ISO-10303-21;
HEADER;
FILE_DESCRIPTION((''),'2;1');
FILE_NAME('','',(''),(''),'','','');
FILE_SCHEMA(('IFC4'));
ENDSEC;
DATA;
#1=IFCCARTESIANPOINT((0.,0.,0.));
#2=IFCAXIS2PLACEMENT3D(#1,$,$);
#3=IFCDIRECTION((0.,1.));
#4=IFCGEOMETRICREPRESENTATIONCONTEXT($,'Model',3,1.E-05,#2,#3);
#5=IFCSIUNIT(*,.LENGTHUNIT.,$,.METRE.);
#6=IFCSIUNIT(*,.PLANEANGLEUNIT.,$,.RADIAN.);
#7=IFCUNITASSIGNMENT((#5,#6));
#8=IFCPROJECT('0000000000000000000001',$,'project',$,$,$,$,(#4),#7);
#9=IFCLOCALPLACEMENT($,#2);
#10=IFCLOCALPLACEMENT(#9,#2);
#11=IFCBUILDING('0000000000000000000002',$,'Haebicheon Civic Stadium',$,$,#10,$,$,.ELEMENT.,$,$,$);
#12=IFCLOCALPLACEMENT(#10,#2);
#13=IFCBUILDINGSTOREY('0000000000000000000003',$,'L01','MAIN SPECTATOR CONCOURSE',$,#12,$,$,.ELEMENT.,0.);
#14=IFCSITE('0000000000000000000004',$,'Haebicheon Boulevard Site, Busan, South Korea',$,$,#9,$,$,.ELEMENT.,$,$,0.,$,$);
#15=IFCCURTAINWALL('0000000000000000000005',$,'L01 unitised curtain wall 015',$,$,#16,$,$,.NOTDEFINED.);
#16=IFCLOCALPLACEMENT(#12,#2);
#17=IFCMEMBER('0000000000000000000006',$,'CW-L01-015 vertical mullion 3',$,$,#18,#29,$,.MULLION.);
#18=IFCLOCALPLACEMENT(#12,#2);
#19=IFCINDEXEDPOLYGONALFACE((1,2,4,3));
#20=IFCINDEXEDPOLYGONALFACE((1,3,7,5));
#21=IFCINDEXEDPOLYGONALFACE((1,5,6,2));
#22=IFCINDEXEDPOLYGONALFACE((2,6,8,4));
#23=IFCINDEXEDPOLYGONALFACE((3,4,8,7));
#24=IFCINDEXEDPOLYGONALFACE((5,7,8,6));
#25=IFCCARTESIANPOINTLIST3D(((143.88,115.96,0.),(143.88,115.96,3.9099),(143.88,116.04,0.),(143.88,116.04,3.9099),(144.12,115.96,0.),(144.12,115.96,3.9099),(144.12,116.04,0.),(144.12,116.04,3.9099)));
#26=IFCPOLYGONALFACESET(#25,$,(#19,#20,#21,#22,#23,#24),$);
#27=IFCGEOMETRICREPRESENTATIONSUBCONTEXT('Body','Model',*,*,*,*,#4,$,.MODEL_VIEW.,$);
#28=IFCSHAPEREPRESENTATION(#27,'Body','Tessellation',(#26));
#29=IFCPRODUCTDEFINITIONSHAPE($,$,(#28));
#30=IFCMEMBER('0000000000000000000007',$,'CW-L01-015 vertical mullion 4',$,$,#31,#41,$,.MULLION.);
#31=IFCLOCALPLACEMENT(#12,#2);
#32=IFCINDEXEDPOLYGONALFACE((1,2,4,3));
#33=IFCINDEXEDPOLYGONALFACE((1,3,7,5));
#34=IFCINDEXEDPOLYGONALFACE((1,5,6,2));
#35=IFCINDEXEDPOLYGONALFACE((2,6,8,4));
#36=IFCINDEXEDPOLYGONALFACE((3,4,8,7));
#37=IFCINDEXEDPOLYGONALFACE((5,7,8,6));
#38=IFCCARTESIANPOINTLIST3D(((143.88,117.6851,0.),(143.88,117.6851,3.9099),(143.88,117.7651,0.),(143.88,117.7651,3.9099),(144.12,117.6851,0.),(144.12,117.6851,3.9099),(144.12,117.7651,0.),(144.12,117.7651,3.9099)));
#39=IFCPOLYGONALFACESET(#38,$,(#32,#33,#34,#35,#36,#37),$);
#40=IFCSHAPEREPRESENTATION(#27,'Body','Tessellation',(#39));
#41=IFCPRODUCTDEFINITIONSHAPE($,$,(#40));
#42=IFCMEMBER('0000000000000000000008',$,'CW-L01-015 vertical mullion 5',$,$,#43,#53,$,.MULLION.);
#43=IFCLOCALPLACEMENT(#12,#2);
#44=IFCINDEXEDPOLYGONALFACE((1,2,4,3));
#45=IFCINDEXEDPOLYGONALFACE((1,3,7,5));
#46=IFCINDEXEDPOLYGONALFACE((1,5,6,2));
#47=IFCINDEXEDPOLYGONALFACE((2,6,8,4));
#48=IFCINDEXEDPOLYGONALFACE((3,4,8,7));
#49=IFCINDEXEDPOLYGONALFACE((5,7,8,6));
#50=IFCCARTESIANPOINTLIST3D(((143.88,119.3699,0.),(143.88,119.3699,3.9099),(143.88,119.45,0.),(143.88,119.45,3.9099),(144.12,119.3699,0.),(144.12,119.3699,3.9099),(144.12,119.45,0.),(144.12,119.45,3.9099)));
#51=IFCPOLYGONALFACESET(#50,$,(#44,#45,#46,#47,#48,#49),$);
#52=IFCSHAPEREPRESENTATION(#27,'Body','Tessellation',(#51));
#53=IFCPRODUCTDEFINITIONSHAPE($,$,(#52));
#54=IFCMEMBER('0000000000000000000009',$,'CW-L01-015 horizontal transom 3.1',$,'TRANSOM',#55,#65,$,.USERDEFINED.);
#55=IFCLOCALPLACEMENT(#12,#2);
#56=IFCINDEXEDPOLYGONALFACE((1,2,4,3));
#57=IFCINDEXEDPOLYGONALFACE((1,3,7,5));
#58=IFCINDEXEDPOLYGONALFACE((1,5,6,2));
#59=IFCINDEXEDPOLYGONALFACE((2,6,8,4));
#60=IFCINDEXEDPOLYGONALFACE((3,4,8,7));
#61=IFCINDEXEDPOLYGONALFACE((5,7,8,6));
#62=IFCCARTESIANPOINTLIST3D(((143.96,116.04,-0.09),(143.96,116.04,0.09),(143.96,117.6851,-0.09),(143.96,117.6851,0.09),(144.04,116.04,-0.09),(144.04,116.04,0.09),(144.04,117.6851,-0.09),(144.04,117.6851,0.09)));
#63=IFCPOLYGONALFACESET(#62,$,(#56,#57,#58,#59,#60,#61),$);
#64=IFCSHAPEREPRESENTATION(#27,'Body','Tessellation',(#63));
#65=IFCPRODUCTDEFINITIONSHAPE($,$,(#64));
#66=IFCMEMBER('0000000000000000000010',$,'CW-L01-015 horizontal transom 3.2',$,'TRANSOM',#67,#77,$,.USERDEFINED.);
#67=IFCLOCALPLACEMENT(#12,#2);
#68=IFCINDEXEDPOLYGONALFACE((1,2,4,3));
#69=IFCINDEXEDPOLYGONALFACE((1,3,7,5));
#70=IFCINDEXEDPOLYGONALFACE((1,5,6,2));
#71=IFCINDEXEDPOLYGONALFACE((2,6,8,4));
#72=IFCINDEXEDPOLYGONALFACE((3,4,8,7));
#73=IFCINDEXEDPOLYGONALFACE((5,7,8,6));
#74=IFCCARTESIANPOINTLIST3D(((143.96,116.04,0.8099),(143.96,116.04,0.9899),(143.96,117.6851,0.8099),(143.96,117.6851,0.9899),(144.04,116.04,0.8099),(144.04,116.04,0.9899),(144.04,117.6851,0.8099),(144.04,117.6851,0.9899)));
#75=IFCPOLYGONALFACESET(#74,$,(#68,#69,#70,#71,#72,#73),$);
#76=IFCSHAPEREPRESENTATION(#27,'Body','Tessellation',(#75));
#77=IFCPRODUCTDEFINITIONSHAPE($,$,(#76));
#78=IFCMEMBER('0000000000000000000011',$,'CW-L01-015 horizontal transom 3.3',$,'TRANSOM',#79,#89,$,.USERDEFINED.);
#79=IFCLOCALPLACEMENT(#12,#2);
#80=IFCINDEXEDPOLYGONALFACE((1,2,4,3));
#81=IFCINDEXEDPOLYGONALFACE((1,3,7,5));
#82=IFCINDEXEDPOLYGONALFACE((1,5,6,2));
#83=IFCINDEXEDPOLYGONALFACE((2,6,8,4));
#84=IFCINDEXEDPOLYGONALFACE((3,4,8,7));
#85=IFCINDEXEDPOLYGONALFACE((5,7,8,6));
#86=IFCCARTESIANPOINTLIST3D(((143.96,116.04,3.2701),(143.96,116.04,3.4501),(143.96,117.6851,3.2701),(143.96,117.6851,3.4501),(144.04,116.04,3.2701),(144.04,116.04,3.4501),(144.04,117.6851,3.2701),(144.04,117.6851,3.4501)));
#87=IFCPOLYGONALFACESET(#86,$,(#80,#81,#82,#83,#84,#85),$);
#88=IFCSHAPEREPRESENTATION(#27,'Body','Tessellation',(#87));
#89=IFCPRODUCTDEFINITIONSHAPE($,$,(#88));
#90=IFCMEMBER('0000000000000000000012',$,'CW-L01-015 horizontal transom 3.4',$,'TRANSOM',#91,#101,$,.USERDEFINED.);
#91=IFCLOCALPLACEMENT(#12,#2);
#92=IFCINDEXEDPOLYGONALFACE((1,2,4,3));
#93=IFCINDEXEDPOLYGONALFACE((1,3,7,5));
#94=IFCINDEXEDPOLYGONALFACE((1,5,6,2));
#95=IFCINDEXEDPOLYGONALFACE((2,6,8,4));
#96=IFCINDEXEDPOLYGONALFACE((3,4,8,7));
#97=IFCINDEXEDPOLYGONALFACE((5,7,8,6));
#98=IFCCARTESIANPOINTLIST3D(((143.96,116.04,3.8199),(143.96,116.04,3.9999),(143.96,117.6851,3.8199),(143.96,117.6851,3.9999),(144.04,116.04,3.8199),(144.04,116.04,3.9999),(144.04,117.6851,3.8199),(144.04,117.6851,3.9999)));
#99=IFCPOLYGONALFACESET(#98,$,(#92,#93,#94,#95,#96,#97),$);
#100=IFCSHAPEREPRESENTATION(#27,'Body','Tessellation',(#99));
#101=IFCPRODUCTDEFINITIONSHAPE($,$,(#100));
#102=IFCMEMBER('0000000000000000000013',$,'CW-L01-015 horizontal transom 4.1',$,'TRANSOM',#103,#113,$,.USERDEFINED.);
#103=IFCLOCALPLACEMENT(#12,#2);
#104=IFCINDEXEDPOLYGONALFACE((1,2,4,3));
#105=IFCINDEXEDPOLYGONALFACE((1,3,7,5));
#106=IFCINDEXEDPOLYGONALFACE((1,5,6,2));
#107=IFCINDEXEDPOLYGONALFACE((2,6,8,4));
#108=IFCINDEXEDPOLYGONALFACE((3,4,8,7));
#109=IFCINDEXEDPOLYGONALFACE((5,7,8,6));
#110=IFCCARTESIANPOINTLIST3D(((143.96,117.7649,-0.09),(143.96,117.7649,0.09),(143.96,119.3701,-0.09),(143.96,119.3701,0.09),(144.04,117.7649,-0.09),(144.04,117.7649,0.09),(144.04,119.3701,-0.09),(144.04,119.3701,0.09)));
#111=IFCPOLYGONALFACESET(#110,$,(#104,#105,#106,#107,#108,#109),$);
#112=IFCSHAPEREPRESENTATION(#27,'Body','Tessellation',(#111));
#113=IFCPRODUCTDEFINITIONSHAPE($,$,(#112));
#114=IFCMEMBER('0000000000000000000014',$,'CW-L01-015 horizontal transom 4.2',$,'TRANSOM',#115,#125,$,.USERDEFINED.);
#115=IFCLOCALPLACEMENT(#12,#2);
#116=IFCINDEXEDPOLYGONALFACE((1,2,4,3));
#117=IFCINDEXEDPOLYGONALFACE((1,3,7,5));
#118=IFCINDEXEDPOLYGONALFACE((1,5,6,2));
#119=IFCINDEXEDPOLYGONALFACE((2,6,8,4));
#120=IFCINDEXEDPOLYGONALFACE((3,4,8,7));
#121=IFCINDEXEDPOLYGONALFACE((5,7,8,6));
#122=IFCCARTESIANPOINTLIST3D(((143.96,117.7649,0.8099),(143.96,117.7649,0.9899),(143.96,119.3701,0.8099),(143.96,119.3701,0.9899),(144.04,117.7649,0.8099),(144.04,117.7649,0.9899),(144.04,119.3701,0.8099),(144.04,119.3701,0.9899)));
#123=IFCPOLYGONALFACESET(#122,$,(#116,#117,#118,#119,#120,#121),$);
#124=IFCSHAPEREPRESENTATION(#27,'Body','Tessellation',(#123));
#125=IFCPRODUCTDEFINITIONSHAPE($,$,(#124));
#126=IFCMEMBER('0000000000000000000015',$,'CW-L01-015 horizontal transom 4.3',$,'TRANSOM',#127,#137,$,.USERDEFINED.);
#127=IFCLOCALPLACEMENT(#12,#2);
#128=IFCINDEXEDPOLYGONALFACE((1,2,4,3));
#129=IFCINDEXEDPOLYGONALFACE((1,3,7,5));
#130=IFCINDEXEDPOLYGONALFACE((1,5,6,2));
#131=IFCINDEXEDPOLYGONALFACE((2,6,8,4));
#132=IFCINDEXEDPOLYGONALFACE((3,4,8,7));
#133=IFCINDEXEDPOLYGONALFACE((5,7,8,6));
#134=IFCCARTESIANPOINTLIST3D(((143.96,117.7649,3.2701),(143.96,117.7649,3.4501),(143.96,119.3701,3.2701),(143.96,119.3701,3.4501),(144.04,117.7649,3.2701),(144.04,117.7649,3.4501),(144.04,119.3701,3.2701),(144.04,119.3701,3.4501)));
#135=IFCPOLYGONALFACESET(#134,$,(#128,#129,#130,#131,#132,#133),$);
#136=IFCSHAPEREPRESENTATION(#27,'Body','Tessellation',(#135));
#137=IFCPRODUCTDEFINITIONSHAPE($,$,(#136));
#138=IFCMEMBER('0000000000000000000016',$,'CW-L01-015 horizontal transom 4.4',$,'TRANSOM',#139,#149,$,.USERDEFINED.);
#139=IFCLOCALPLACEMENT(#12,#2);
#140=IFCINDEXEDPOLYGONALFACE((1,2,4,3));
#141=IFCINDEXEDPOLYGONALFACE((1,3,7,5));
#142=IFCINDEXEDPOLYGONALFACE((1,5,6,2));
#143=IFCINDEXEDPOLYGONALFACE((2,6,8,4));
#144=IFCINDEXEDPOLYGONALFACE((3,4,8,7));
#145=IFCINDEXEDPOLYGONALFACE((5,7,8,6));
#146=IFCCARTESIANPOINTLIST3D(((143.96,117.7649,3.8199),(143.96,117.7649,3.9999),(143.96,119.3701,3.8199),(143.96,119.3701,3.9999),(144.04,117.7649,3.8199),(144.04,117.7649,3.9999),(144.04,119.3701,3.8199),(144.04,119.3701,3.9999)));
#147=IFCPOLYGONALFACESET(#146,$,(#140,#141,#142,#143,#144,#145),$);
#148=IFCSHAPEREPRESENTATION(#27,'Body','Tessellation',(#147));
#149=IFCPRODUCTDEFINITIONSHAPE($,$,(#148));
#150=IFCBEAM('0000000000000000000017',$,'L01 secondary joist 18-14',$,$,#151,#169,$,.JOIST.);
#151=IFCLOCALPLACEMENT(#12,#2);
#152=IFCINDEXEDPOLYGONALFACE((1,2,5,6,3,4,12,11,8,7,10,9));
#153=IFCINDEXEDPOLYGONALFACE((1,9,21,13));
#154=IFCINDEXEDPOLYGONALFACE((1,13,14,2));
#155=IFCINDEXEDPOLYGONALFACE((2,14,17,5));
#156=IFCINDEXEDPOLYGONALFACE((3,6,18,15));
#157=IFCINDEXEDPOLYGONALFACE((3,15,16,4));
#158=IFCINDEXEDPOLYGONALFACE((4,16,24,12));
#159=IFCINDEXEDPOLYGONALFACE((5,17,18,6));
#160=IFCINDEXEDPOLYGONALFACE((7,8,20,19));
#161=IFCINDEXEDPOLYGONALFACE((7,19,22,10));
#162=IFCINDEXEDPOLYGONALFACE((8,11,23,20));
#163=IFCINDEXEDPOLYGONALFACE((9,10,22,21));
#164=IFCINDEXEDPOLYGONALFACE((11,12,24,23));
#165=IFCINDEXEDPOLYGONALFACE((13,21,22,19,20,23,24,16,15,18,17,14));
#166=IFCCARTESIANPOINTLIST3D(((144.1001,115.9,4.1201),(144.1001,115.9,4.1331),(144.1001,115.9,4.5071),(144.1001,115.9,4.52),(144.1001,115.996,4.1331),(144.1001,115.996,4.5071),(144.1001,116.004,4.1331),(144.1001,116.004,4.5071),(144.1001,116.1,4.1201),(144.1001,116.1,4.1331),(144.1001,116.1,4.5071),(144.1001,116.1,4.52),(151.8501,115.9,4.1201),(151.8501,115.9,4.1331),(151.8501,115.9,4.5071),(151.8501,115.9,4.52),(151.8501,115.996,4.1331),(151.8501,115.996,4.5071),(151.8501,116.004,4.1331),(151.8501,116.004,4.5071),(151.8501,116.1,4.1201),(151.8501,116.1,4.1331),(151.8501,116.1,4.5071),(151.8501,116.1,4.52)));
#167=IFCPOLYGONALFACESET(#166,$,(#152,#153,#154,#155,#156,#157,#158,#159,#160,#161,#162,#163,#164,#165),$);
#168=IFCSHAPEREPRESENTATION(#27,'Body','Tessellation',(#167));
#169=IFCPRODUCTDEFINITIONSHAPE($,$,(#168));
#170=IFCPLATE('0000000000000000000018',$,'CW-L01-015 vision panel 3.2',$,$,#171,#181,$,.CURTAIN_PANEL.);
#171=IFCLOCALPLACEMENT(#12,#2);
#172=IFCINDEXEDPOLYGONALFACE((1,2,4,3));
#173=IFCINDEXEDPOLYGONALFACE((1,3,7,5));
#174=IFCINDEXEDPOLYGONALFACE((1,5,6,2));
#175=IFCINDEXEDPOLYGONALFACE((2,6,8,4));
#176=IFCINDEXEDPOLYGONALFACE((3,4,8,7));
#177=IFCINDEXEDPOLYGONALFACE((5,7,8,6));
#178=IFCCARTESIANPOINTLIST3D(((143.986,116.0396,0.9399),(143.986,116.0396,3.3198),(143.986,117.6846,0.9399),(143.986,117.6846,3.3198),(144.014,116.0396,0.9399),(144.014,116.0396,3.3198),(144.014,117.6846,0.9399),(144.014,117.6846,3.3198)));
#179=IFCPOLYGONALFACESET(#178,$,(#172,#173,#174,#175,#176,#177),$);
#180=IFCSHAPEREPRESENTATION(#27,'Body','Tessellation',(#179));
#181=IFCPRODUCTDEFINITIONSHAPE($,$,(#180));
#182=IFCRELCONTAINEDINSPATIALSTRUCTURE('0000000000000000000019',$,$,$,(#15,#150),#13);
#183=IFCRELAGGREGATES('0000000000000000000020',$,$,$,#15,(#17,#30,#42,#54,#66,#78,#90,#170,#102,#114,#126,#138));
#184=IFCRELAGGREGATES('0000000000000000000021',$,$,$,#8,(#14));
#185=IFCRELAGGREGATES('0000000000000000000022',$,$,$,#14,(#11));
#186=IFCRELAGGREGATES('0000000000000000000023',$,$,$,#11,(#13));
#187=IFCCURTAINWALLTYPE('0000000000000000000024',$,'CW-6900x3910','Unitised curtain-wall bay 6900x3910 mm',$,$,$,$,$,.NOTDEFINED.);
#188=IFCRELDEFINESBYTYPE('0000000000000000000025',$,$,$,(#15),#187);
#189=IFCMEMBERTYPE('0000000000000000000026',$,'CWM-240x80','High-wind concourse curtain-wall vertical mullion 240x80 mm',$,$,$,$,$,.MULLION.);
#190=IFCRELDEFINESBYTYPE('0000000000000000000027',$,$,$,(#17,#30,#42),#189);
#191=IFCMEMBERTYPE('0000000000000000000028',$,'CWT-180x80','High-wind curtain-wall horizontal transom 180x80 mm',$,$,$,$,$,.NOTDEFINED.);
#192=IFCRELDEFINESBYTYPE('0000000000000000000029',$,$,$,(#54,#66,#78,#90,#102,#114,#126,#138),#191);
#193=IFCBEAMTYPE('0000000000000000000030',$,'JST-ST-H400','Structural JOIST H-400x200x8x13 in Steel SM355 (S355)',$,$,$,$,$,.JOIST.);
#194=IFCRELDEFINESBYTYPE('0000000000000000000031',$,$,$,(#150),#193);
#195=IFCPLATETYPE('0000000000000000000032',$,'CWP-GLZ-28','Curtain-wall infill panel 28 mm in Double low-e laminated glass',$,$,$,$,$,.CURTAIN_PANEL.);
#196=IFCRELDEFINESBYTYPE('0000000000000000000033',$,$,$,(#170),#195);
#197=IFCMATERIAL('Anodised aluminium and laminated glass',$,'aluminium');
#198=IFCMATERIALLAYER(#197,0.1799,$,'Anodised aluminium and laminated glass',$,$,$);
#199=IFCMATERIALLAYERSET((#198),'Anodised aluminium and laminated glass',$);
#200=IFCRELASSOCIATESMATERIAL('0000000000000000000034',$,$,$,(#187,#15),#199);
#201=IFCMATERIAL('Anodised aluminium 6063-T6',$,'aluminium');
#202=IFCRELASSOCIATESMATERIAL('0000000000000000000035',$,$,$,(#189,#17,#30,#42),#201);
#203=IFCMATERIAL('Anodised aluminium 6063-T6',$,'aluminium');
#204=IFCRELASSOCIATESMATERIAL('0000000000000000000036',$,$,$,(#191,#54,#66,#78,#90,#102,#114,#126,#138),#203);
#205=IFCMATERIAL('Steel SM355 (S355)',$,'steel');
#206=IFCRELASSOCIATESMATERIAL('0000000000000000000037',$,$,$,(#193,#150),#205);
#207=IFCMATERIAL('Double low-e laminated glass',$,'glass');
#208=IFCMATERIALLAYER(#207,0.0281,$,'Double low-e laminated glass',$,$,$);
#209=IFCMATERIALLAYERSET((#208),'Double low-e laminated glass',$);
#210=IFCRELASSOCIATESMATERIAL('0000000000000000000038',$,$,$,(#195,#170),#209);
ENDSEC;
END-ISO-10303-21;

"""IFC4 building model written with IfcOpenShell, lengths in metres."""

from ifc_helpers import new_model, si_unit, direction, frame, origin, origin_2d, place, context, subcontext, project, spatial, rectangle, i_section, extrude, material, layer, layer_set, material_profile, profile_set, type_object, element, aggregate, save


model = new_model("IFC4")

# Units and contexts
model_context = context("Model", 3, precision=1e-05, world=origin(), true_north=direction((0.0, 1.0)))
body_context = subcontext(model_context, "Body", "Model", "MODEL_VIEW")
ifc_project = project(units=[si_unit("LENGTHUNIT", "METRE"), si_unit("PLANEANGLEUNIT", "RADIAN")], contexts=[model_context])

# Site, building, storey
site_placement = place(None, origin())
site = spatial("IfcSite", under=ifc_project, at=site_placement, Name="Haebicheon Boulevard Site, Busan, South Korea", CompositionType="ELEMENT", RefElevation=0.0)
building_placement = place(site_placement, origin())
building = spatial("IfcBuilding", under=site, at=building_placement, Name="Haebicheon Civic Stadium", CompositionType="ELEMENT")
storey_placement = place(building_placement, origin())
storey = spatial("IfcBuildingStorey", under=building, at=storey_placement, Name="L01", Description="MAIN SPECTATOR CONCOURSE", CompositionType="ELEMENT", Elevation=0.0)

# Curtain wall, members
ifc_material_1 = material(Name="Anodised aluminium and laminated glass", Category="aluminium")
ifc_layer_1 = layer(ifc_material_1, 0.1799, Name="Anodised aluminium and laminated glass")
ifc_layer_set_1 = layer_set([ifc_layer_1], Name="Anodised aluminium and laminated glass")
curtain_wall_type = type_object("IfcCurtainWallType", Name="CW-6900x3910", Description="Unitised curtain-wall bay 6900x3910 mm", PredefinedType="NOTDEFINED", material=ifc_layer_set_1)
curtain_wall_placement = place(storey_placement, origin())
curtain_wall = element("IfcCurtainWall", 1, at=curtain_wall_placement, inside=storey, type_object=curtain_wall_type, material=ifc_layer_set_1, Name="L01 unitised curtain wall 015", PredefinedType="NOTDEFINED")
ifc_material_2 = material(Name="Anodised aluminium 6063-T6", Category="aluminium")
ifc_material_profile_1 = material_profile(ifc_material_2, rectangle(XDim=0.0801, YDim=0.24, at=origin_2d()), Name="ALU-MULL-80x240")
ifc_profile_set_1 = profile_set([ifc_material_profile_1], Name="Anodised aluminium 6063-T6")
member_type_1 = type_object("IfcMemberType", Name="CWM-240x80", Description="High-wind concourse curtain-wall vertical mullion 240x80 mm", PredefinedType="MULLION", material=ifc_profile_set_1)
member_1_placement = place(storey_placement, frame((144.0, 116.0, 0.0), z_axis=(0.0, 0.0, 1.0), x_axis=(0.0, 1.0, 0.0)))
member_1 = element("IfcMember", 2, at=member_1_placement, type_object=member_type_1, material=ifc_profile_set_1, Name="CW-L01-015 vertical mullion 3", PredefinedType="MULLION", context=body_context, shape_type="SweptSolid", body=[
    extrude(rectangle(XDim=0.0801, YDim=0.24, at=origin_2d()), origin(), (0.0, 0.0, 1.0), 3.9099),
])
member_2_placement = place(storey_placement, frame((144.0, 117.7251, 0.0), z_axis=(0.0, 0.0, 1.0), x_axis=(0.0, 1.0, 0.0)))
member_2 = element("IfcMember", 3, at=member_2_placement, type_object=member_type_1, material=ifc_profile_set_1, Name="CW-L01-015 vertical mullion 4", PredefinedType="MULLION", context=body_context, shape_type="SweptSolid", body=[
    extrude(rectangle(XDim=0.0801, YDim=0.24, at=origin_2d()), origin(), (0.0, 0.0, 1.0), 3.9099),
])
member_3_placement = place(storey_placement, frame((144.0, 119.4099, 0.0), z_axis=(0.0, 0.0, 1.0), x_axis=(0.0, 1.0, 0.0)))
member_3 = element("IfcMember", 4, at=member_3_placement, type_object=member_type_1, material=ifc_profile_set_1, Name="CW-L01-015 vertical mullion 5", PredefinedType="MULLION", context=body_context, shape_type="SweptSolid", body=[
    extrude(rectangle(XDim=0.0801, YDim=0.24, at=origin_2d()), origin(), (0.0, 0.0, 1.0), 3.9099),
])
ifc_material_3 = material(Name="Anodised aluminium 6063-T6", Category="aluminium")
ifc_material_profile_2 = material_profile(ifc_material_3, rectangle(XDim=0.0801, YDim=0.1799, at=origin_2d()), Name="ALU-TRAN-80x180")
ifc_profile_set_2 = profile_set([ifc_material_profile_2], Name="Anodised aluminium 6063-T6")
member_type_2 = type_object("IfcMemberType", Name="CWT-180x80", Description="High-wind curtain-wall horizontal transom 180x80 mm", PredefinedType="NOTDEFINED", material=ifc_profile_set_2)
member_4_placement = place(storey_placement, frame((144.0, 116.04, 0.0), z_axis=(0.0, 1.0, 0.0), x_axis=(-1.0, 0.0, 0.0)))
member_4 = element("IfcMember", 5, at=member_4_placement, type_object=member_type_2, material=ifc_profile_set_2, Name="CW-L01-015 horizontal transom 3.1", ObjectType="TRANSOM", PredefinedType="USERDEFINED", context=body_context, shape_type="SweptSolid", body=[
    extrude(rectangle(XDim=0.0801, YDim=0.1799, at=origin_2d()), origin(), (0.0, 0.0, 1.0), 1.645),
])
member_5_placement = place(storey_placement, frame((144.0, 116.04, 0.8999), z_axis=(0.0, 1.0, 0.0), x_axis=(-1.0, 0.0, 0.0)))
member_5 = element("IfcMember", 6, at=member_5_placement, type_object=member_type_2, material=ifc_profile_set_2, Name="CW-L01-015 horizontal transom 3.2", ObjectType="TRANSOM", PredefinedType="USERDEFINED", context=body_context, shape_type="SweptSolid", body=[
    extrude(rectangle(XDim=0.0801, YDim=0.1799, at=origin_2d()), origin(), (0.0, 0.0, 1.0), 1.645),
])
member_6_placement = place(storey_placement, frame((144.0, 116.04, 3.3601), z_axis=(0.0, 1.0, 0.0), x_axis=(-1.0, 0.0, 0.0)))
member_6 = element("IfcMember", 7, at=member_6_placement, type_object=member_type_2, material=ifc_profile_set_2, Name="CW-L01-015 horizontal transom 3.3", ObjectType="TRANSOM", PredefinedType="USERDEFINED", context=body_context, shape_type="SweptSolid", body=[
    extrude(rectangle(XDim=0.0801, YDim=0.1799, at=origin_2d()), origin(), (0.0, 0.0, 1.0), 1.645),
])
member_7_placement = place(storey_placement, frame((144.0, 116.04, 3.9099), z_axis=(0.0, 1.0, 0.0), x_axis=(-1.0, 0.0, 0.0)))
member_7 = element("IfcMember", 8, at=member_7_placement, type_object=member_type_2, material=ifc_profile_set_2, Name="CW-L01-015 horizontal transom 3.4", ObjectType="TRANSOM", PredefinedType="USERDEFINED", context=body_context, shape_type="SweptSolid", body=[
    extrude(rectangle(XDim=0.0801, YDim=0.1799, at=origin_2d()), origin(), (0.0, 0.0, 1.0), 1.645),
])
member_8_placement = place(storey_placement, frame((144.0, 117.7649, 0.0), z_axis=(0.0, 1.0, 0.0), x_axis=(-1.0, 0.0, 0.0)))
member_8 = element("IfcMember", 9, at=member_8_placement, type_object=member_type_2, material=ifc_profile_set_2, Name="CW-L01-015 horizontal transom 4.1", ObjectType="TRANSOM", PredefinedType="USERDEFINED", context=body_context, shape_type="SweptSolid", body=[
    extrude(rectangle(XDim=0.0801, YDim=0.1799, at=origin_2d()), origin(), (0.0, 0.0, 1.0), 1.6052),
])
member_9_placement = place(storey_placement, frame((144.0, 117.7649, 0.8999), z_axis=(0.0, 1.0, 0.0), x_axis=(-1.0, 0.0, 0.0)))
member_9 = element("IfcMember", 10, at=member_9_placement, type_object=member_type_2, material=ifc_profile_set_2, Name="CW-L01-015 horizontal transom 4.2", ObjectType="TRANSOM", PredefinedType="USERDEFINED", context=body_context, shape_type="SweptSolid", body=[
    extrude(rectangle(XDim=0.0801, YDim=0.1799, at=origin_2d()), origin(), (0.0, 0.0, 1.0), 1.6052),
])
member_10_placement = place(storey_placement, frame((144.0, 117.7649, 3.3601), z_axis=(0.0, 1.0, 0.0), x_axis=(-1.0, 0.0, 0.0)))
member_10 = element("IfcMember", 11, at=member_10_placement, type_object=member_type_2, material=ifc_profile_set_2, Name="CW-L01-015 horizontal transom 4.3", ObjectType="TRANSOM", PredefinedType="USERDEFINED", context=body_context, shape_type="SweptSolid", body=[
    extrude(rectangle(XDim=0.0801, YDim=0.1799, at=origin_2d()), origin(), (0.0, 0.0, 1.0), 1.6052),
])
member_11_placement = place(storey_placement, frame((144.0, 117.7649, 3.9099), z_axis=(0.0, 1.0, 0.0), x_axis=(-1.0, 0.0, 0.0)))
member_11 = element("IfcMember", 12, at=member_11_placement, type_object=member_type_2, material=ifc_profile_set_2, Name="CW-L01-015 horizontal transom 4.4", ObjectType="TRANSOM", PredefinedType="USERDEFINED", context=body_context, shape_type="SweptSolid", body=[
    extrude(rectangle(XDim=0.0801, YDim=0.1799, at=origin_2d()), origin(), (0.0, 0.0, 1.0), 1.6052),
])

# Beam
ifc_material_4 = material(Name="Steel SM355 (S355)", Category="steel")
ifc_material_profile_3 = material_profile(ifc_material_4, i_section(OverallWidth=0.2, OverallDepth=0.3999, WebThickness=0.0081, FlangeThickness=0.0129, at=origin_2d()), Name="H-400x200x8x13")
ifc_profile_set_3 = profile_set([ifc_material_profile_3], Name="Steel SM355 (S355)")
beam_type = type_object("IfcBeamType", Name="JST-ST-H400", Description="Structural JOIST H-400x200x8x13 in Steel SM355 (S355)", PredefinedType="JOIST", material=ifc_profile_set_3)
beam_placement = place(storey_placement, frame((144.1001, 116.0, 4.3201), z_axis=(1.0, 0.0, 0.0), x_axis=(0.0, 1.0, 0.0)))
element("IfcBeam", 13, at=beam_placement, inside=storey, type_object=beam_type, material=ifc_profile_set_3, Name="L01 secondary joist 18-14", PredefinedType="JOIST", context=body_context, shape_type="SweptSolid", body=[
    extrude(i_section(OverallWidth=0.2, OverallDepth=0.3999, WebThickness=0.0081, FlangeThickness=0.0129, at=origin_2d()), origin(), (0.0, 0.0, 1.0), 7.75),
])

# Plate
ifc_material_5 = material(Name="Double low-e laminated glass", Category="glass")
ifc_layer_2 = layer(ifc_material_5, 0.0281, Name="Double low-e laminated glass")
ifc_layer_set_2 = layer_set([ifc_layer_2], Name="Double low-e laminated glass")
plate_type_1 = type_object("IfcPlateType", Name="CWP-GLZ-28", Description="Curtain-wall infill panel 28 mm in Double low-e laminated glass", PredefinedType="CURTAIN_PANEL", material=ifc_layer_set_2)
plate_1_placement = place(storey_placement, frame((144.0, 116.8621, 0.9399), z_axis=(0.0, 0.0, 1.0), x_axis=(0.0, 1.0, 0.0)))
plate_1 = element("IfcPlate", 14, at=plate_1_placement, type_object=plate_type_1, material=ifc_layer_set_2, Name="CW-L01-015 vision panel 3.2", PredefinedType="CURTAIN_PANEL", context=body_context, shape_type="SweptSolid", body=[
    extrude(rectangle(XDim=1.645, YDim=0.0281, at=origin_2d()), origin(), (0.0, 0.0, 1.0), 2.3799),
])
aggregate(curtain_wall, [member_1, member_2, member_3, member_4, member_5, member_6, member_7, plate_1, member_8, member_9, member_10, member_11])

save(model, "model.ifc")
